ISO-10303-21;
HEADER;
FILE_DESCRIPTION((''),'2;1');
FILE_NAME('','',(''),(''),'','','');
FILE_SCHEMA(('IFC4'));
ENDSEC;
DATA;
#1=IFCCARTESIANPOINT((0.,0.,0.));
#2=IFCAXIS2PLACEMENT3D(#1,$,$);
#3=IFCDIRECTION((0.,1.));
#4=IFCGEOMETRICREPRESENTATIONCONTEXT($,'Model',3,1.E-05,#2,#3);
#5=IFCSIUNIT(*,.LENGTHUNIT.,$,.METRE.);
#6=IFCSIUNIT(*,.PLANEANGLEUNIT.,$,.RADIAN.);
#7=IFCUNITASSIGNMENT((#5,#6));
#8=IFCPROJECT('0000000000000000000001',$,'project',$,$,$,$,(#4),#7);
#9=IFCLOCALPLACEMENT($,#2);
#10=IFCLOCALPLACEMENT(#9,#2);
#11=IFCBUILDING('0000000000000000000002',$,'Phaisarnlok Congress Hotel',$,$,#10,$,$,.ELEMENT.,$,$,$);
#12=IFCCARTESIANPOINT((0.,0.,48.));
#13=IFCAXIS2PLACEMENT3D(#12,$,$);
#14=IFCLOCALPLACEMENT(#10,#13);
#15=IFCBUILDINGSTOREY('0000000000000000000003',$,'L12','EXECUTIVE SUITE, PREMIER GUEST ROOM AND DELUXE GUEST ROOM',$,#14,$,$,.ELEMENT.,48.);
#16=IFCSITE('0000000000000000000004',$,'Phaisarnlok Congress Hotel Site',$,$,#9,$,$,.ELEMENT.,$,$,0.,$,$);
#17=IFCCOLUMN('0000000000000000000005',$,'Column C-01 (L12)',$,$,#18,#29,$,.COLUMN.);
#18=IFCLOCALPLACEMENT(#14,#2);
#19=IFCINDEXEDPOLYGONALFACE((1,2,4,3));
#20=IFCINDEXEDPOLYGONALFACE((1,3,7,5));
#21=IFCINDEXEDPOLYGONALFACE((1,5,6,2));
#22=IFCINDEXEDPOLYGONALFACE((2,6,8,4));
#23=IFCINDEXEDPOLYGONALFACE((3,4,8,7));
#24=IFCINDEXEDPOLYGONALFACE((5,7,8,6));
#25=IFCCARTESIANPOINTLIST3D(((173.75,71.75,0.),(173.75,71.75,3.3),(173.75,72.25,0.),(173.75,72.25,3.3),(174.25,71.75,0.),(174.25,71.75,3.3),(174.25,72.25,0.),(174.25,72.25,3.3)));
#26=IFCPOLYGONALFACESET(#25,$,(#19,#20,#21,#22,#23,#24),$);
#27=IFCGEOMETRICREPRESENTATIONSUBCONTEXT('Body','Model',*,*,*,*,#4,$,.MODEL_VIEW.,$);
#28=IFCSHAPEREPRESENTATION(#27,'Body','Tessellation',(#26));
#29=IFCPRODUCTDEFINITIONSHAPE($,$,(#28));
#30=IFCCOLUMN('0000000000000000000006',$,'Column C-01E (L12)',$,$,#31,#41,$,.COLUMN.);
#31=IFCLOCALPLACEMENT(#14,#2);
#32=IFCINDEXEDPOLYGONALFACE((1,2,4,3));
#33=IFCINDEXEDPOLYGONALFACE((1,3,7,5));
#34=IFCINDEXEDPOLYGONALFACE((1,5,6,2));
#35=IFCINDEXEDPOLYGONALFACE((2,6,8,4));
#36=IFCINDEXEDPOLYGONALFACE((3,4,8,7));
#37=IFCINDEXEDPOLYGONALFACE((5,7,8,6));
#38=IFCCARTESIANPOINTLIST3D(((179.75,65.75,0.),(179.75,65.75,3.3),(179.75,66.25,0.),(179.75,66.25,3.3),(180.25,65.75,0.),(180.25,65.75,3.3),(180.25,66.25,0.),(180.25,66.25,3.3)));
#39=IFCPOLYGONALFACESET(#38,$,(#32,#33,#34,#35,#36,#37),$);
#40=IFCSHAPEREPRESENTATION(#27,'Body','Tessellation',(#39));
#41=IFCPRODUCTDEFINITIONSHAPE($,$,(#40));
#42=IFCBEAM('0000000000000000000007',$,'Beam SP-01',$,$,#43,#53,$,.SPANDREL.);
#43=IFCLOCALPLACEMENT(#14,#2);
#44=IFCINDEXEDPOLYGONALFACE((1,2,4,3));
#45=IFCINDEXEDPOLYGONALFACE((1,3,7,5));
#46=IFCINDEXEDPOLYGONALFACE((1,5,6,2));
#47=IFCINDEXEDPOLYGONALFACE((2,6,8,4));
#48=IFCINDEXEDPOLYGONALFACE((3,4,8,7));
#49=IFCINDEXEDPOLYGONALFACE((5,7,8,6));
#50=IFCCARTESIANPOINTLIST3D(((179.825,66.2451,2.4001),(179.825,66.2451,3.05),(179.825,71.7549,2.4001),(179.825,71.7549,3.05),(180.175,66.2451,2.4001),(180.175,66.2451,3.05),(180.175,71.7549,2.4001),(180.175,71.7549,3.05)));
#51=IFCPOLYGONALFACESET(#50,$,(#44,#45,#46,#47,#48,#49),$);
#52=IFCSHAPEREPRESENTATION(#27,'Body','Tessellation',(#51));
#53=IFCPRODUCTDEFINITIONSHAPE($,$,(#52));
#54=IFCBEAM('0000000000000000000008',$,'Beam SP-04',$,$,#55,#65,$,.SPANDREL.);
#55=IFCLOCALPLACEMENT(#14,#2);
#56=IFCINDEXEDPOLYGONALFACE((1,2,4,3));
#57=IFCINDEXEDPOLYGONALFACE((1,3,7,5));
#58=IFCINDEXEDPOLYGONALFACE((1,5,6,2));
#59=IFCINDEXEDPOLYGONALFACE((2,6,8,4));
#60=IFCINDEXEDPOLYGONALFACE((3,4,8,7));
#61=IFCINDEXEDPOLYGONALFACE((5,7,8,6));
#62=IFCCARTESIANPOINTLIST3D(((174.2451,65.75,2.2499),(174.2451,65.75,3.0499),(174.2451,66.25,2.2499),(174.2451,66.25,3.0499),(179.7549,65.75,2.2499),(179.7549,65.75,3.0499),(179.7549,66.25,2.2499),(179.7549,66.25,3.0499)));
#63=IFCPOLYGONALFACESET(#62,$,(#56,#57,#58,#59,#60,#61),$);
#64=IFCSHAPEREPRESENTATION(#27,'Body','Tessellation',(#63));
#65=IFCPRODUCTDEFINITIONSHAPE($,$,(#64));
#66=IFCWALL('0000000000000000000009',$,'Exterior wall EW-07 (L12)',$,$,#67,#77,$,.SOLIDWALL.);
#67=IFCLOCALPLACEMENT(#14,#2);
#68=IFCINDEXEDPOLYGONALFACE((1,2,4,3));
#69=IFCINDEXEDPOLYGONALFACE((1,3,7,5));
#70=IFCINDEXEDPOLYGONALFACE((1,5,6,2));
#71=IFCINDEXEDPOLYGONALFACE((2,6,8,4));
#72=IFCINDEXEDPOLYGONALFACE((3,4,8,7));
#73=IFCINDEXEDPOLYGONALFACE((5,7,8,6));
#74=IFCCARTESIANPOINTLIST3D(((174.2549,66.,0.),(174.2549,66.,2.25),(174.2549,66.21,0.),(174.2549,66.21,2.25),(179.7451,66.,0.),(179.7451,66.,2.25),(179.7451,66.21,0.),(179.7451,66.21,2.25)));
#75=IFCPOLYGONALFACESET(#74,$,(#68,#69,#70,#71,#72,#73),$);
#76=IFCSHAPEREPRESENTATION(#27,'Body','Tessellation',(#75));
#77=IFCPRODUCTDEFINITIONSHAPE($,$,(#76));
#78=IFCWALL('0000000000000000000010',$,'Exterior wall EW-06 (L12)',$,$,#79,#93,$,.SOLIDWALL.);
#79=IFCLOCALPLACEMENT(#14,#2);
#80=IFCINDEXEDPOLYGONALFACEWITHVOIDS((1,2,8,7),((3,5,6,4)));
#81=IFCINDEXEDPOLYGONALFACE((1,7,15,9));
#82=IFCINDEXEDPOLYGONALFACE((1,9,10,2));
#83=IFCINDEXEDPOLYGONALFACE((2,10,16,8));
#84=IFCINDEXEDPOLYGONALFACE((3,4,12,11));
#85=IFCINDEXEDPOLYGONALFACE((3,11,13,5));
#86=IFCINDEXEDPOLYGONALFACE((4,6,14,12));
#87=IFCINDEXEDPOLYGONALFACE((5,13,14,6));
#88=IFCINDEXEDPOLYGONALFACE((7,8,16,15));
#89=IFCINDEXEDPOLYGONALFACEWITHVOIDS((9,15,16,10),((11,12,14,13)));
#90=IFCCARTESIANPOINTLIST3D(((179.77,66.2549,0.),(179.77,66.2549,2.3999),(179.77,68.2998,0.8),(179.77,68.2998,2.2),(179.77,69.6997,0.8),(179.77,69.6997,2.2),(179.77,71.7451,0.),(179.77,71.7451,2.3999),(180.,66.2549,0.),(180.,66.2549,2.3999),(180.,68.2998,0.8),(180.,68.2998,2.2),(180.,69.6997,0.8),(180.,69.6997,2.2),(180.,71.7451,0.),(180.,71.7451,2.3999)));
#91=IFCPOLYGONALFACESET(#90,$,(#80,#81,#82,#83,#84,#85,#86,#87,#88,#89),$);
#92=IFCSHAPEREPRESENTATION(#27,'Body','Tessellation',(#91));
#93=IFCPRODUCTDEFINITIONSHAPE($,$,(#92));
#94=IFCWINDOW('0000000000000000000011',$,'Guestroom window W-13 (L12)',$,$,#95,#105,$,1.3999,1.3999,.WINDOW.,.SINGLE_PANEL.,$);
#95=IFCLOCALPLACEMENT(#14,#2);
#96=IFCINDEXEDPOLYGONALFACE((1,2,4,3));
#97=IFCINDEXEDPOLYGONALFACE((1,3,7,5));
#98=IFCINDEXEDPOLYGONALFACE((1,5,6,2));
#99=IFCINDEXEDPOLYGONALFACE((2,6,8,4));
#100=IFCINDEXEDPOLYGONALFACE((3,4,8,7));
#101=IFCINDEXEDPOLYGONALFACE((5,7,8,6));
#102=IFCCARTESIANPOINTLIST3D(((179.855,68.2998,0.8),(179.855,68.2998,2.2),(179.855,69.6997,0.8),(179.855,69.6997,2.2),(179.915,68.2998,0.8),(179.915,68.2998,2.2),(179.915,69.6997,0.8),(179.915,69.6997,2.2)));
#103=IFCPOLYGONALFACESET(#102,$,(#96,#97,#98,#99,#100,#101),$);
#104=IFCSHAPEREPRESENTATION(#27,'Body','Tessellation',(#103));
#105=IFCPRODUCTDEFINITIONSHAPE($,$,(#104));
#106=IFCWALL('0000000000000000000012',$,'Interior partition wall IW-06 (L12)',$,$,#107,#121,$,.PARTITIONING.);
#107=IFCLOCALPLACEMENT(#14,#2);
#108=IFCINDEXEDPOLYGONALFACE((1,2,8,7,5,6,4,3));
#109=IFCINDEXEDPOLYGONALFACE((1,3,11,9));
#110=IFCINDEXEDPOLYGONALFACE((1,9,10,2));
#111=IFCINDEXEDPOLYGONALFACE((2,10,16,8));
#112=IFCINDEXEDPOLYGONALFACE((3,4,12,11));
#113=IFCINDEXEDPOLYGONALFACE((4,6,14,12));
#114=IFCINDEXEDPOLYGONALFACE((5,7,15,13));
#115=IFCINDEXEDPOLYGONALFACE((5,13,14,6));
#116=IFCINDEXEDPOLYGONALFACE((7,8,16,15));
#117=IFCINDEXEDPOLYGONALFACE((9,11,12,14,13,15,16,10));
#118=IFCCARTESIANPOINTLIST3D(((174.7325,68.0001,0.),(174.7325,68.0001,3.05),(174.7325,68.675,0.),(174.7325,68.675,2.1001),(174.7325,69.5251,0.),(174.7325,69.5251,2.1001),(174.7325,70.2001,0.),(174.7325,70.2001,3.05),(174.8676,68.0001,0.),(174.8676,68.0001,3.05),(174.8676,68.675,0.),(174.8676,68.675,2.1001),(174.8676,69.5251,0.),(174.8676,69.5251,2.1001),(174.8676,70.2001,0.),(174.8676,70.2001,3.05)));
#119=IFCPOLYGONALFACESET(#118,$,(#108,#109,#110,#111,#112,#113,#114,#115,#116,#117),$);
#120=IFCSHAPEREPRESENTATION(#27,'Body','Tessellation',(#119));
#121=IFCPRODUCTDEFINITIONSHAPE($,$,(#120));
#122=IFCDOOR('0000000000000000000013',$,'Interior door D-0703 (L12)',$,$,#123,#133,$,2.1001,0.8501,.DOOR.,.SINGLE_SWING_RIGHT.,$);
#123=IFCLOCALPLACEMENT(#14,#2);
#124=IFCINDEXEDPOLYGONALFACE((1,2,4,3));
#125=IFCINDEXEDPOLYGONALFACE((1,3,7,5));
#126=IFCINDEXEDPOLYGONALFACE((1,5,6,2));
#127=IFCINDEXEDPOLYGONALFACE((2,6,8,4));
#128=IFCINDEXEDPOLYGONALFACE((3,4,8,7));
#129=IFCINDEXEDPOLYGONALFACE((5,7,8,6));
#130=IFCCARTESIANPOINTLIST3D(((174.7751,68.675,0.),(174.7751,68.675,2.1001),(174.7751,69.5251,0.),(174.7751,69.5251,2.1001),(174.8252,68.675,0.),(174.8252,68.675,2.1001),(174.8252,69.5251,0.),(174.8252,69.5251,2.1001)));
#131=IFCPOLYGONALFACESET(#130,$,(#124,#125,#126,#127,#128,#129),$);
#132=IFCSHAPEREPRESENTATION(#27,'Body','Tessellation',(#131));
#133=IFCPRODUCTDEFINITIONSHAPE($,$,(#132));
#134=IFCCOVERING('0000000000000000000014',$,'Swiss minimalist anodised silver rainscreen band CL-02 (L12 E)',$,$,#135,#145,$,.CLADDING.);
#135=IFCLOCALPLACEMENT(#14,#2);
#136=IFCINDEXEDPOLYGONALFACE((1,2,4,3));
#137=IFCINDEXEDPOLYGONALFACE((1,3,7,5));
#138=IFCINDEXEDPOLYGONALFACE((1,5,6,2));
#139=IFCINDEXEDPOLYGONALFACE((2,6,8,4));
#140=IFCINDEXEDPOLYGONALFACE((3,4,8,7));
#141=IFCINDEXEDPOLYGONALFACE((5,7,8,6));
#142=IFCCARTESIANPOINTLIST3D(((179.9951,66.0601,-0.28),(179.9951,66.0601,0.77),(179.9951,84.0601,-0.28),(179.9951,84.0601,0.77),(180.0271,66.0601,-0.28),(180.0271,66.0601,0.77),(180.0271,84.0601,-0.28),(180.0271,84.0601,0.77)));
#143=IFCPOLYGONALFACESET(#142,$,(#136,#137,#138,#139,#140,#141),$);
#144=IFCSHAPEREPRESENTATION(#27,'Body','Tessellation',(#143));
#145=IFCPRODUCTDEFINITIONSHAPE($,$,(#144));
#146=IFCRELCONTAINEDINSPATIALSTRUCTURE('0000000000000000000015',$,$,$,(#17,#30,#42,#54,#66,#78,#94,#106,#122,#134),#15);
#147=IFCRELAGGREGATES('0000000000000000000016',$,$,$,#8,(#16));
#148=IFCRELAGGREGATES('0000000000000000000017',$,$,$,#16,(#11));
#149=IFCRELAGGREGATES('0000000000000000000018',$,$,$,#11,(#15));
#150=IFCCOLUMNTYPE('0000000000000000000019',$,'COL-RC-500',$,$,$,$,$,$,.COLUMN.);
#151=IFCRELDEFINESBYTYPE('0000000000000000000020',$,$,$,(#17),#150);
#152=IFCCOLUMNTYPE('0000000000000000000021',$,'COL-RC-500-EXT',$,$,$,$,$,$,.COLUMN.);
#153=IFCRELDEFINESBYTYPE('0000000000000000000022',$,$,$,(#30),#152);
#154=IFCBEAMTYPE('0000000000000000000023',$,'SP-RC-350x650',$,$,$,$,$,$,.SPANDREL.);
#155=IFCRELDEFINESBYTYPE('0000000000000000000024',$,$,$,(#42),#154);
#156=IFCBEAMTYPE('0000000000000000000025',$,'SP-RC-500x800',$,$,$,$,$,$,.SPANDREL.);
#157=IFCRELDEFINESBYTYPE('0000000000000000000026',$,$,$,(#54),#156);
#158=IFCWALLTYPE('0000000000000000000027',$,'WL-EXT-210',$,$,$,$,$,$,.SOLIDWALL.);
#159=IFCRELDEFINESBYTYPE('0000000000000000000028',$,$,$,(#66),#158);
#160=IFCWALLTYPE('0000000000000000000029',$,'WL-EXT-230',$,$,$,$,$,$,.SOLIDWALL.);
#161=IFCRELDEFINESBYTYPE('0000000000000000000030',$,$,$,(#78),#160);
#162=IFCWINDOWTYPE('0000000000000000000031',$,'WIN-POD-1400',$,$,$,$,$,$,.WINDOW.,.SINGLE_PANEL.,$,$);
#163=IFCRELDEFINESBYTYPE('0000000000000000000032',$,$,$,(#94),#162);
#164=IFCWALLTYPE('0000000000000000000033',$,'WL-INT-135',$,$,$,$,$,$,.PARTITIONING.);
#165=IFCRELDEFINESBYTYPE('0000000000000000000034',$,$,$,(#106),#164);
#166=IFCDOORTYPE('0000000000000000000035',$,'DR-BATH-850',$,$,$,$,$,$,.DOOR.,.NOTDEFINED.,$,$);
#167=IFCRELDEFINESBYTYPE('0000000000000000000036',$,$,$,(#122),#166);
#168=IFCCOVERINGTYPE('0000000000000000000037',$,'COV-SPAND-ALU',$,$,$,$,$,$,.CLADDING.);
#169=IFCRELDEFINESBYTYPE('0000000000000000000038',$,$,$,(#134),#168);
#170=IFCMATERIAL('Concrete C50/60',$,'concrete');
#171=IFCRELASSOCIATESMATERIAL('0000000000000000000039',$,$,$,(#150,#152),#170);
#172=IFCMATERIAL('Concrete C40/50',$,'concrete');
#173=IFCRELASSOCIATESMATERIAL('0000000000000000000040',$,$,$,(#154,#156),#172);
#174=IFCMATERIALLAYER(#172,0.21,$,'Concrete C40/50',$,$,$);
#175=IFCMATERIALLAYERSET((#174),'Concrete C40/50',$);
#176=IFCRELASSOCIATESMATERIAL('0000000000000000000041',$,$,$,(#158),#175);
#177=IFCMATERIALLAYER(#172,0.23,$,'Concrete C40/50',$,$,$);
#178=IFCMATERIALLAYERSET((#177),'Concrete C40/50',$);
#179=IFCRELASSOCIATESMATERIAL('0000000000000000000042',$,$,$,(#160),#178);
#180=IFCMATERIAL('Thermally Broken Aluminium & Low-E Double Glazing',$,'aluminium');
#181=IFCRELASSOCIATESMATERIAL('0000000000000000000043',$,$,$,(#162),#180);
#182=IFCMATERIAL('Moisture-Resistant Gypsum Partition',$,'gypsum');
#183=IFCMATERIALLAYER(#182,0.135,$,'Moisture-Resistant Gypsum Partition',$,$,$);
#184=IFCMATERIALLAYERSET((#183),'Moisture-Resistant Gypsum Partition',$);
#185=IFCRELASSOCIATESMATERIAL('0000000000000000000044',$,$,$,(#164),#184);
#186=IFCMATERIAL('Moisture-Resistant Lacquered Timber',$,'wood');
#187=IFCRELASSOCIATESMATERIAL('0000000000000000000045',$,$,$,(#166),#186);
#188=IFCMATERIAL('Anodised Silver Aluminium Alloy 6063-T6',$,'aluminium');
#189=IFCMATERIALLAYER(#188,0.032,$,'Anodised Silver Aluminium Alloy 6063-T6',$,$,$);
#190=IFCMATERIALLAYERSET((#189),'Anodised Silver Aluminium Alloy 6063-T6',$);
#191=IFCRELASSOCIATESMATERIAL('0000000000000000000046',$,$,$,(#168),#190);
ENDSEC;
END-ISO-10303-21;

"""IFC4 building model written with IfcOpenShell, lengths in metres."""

from ifc_helpers import new_model, si_unit, direction, frame, frame_2d, origin, origin_2d, place, context, subcontext, project, spatial, polyline, rectangle, outline, extrude, material, layer, layer_set, material_profile, profile_set, type_object, element, fill, save


model = new_model("IFC4")

# Units and contexts
model_context = context("Model", 3, precision=1e-05, world=origin(), true_north=direction((0.0, 1.0)))
body_context = subcontext(model_context, "Body", "Model", "MODEL_VIEW")
ifc_project = project(units=[si_unit("LENGTHUNIT", "METRE"), si_unit("PLANEANGLEUNIT", "RADIAN")], contexts=[model_context])

# Site, building, storey
site_placement = place(None, origin())
site = spatial("IfcSite", under=ifc_project, at=site_placement, Name="Phaisarnlok Congress Hotel Site", CompositionType="ELEMENT", RefElevation=0.0)
building_placement = place(site_placement, origin())
building = spatial("IfcBuilding", under=site, at=building_placement, Name="Phaisarnlok Congress Hotel", CompositionType="ELEMENT")
storey_placement = place(building_placement, frame((0.0, 0.0, 48.0)))
storey = spatial("IfcBuildingStorey", under=building, at=storey_placement, Name="L12", Description="EXECUTIVE SUITE, PREMIER GUEST ROOM AND DELUXE GUEST ROOM", CompositionType="ELEMENT", Elevation=48.0)

# Columns
ifc_material_1 = material(Name="Concrete C50/60", Category="concrete")
ifc_material_profile_1 = material_profile(ifc_material_1, rectangle(XDim=0.5, YDim=0.5, at=origin_2d()), Name="RC 500x500")
ifc_profile_set_1 = profile_set([ifc_material_profile_1], Name="Concrete C50/60")
column_type_1 = type_object("IfcColumnType", Name="COL-RC-500", PredefinedType="COLUMN", material=ifc_profile_set_1)
column_1_placement = place(storey_placement, frame((174.0, 72.0, 0.0), z_axis=(0.0, 0.0, 1.0), x_axis=(1.0, 0.0, 0.0)))
element("IfcColumn", 1, at=column_1_placement, inside=storey, type_object=column_type_1, Name="Column C-01 (L12)", PredefinedType="COLUMN", context=body_context, shape_type="SweptSolid", body=[
    extrude(rectangle(XDim=0.5, YDim=0.5, at=origin_2d()), origin(), (0.0, 0.0, 1.0), 3.3),
])
ifc_material_profile_2 = material_profile(ifc_material_1, rectangle(XDim=0.5, YDim=0.5, at=origin_2d()), Name="RC 500x500")
ifc_profile_set_2 = profile_set([ifc_material_profile_2], Name="Concrete C50/60")
column_type_2 = type_object("IfcColumnType", Name="COL-RC-500-EXT", PredefinedType="COLUMN", material=ifc_profile_set_2)
column_2_placement = place(storey_placement, frame((180.0, 66.0, 0.0), z_axis=(0.0, 0.0, 1.0), x_axis=(1.0, 0.0, 0.0)))
element("IfcColumn", 2, at=column_2_placement, inside=storey, type_object=column_type_2, Name="Column C-01E (L12)", PredefinedType="COLUMN", context=body_context, shape_type="SweptSolid", body=[
    extrude(rectangle(XDim=0.5, YDim=0.5, at=origin_2d()), origin(), (0.0, 0.0, 1.0), 3.3),
])

# Beams
ifc_material_2 = material(Name="Concrete C40/50", Category="concrete")
ifc_material_profile_3 = material_profile(ifc_material_2, rectangle(XDim=0.3501, YDim=0.6499, at=origin_2d()), Name="RC 350x650")
ifc_profile_set_3 = profile_set([ifc_material_profile_3], Name="Concrete C40/50")
beam_type_1 = type_object("IfcBeamType", Name="SP-RC-350x650", PredefinedType="SPANDREL", material=ifc_profile_set_3)
beam_1_placement = place(storey_placement, frame((180.0, 66.2451, 2.7251), z_axis=(0.0, 1.0, 0.0), x_axis=(-1.0, 0.0, 0.0)))
element("IfcBeam", 3, at=beam_1_placement, inside=storey, type_object=beam_type_1, Name="Beam SP-01", PredefinedType="SPANDREL", context=body_context, shape_type="SweptSolid", body=[
    extrude(rectangle(XDim=0.3501, YDim=0.6499, at=origin_2d()), origin(), (0.0, 0.0, 1.0), 5.5098),
])
ifc_material_profile_4 = material_profile(ifc_material_2, rectangle(XDim=0.5, YDim=0.8, at=origin_2d()), Name="RC 500x800")
ifc_profile_set_4 = profile_set([ifc_material_profile_4], Name="Concrete C40/50")
beam_type_2 = type_object("IfcBeamType", Name="SP-RC-500x800", PredefinedType="SPANDREL", material=ifc_profile_set_4)
beam_2_placement = place(storey_placement, frame((174.2451, 66.0, 2.6499), z_axis=(1.0, 0.0, 0.0), x_axis=(0.0, 1.0, 0.0)))
element("IfcBeam", 4, at=beam_2_placement, inside=storey, type_object=beam_type_2, Name="Beam SP-04", PredefinedType="SPANDREL", context=body_context, shape_type="SweptSolid", body=[
    extrude(rectangle(XDim=0.5, YDim=0.8, at=origin_2d()), origin(), (0.0, 0.0, 1.0), 5.5098),
])

# Wall
ifc_layer_1 = layer(ifc_material_2, 0.21, Name="Concrete C40/50")
ifc_layer_set_1 = layer_set([ifc_layer_1], Name="Concrete C40/50")
wall_type_1 = type_object("IfcWallType", Name="WL-EXT-210", PredefinedType="SOLIDWALL", material=ifc_layer_set_1)
wall_1_placement = place(storey_placement, frame((174.2549, 66.105, 0.0), z_axis=(0.0, 0.0, 1.0), x_axis=(1.0, 0.0, 0.0)))
element("IfcWall", 5, at=wall_1_placement, inside=storey, type_object=wall_type_1, Name="Exterior wall EW-07 (L12)", PredefinedType="SOLIDWALL", context=body_context, shape_type="SweptSolid", body=[
    extrude(rectangle(XDim=5.4902, YDim=0.21, at=frame_2d((2.7451, 0.0))), origin(), (0.0, 0.0, 1.0), 2.25),
])

# Wall, opening, window
ifc_layer_2 = layer(ifc_material_2, 0.23, Name="Concrete C40/50")
ifc_layer_set_2 = layer_set([ifc_layer_2], Name="Concrete C40/50")
wall_type_2 = type_object("IfcWallType", Name="WL-EXT-230", PredefinedType="SOLIDWALL", material=ifc_layer_set_2)
wall_2_placement = place(storey_placement, frame((179.885, 66.2549, 0.0), z_axis=(0.0, 0.0, 1.0), x_axis=(0.0, 1.0, 0.0)))
wall_2 = element("IfcWall", 6, at=wall_2_placement, inside=storey, type_object=wall_type_2, Name="Exterior wall EW-06 (L12)", PredefinedType="SOLIDWALL", context=body_context, shape_type="SweptSolid", body=[
    extrude(rectangle(XDim=5.4902, YDim=0.23, at=frame_2d((2.7451, 0.0))), origin(), (0.0, 0.0, 1.0), 2.3999),
])
opening_1_placement = place(wall_2_placement, frame((2.0449, 0.0, 0.8)))
opening_1 = element("IfcOpeningElement", 7, at=opening_1_placement, cuts=wall_2, PredefinedType="OPENING", context=body_context, shape_type="SweptSolid", body=[
    extrude(rectangle(XDim=1.3999, YDim=1.3999, at=frame_2d((0.7, 0.7))), frame((0.0, 0.125, 0.0), z_axis=(0.0, -1.0, 0.0), x_axis=(1.0, 0.0, 0.0)), (0.0, 0.0, 1.0), 0.25),
])
ifc_material_3 = material(Name="Thermally Broken Aluminium & Low-E Double Glazing", Category="aluminium")
window_type = type_object("IfcWindowType", Name="WIN-POD-1400", PartitioningType="SINGLE_PANEL", PredefinedType="WINDOW", material=ifc_material_3)
window_placement = place(opening_1_placement, origin())
window = element("IfcWindow", 8, at=window_placement, inside=storey, type_object=window_type, Name="Guestroom window W-13 (L12)", OverallHeight=1.3999, OverallWidth=1.3999, PartitioningType="SINGLE_PANEL", PredefinedType="WINDOW", context=body_context, shape_type="SweptSolid", body=[
    extrude(rectangle(XDim=1.3999, YDim=1.3999, at=frame_2d((0.7, 0.7))), frame((0.0, 0.03, 0.0), z_axis=(0.0, -1.0, 0.0), x_axis=(1.0, 0.0, 0.0)), (0.0, 0.0, 1.0), 0.0601),
])
fill(opening_1, window)

# Wall, opening, door
ifc_material_4 = material(Name="Moisture-Resistant Gypsum Partition", Category="gypsum")
ifc_layer_3 = layer(ifc_material_4, 0.135, Name="Moisture-Resistant Gypsum Partition")
ifc_layer_set_3 = layer_set([ifc_layer_3], Name="Moisture-Resistant Gypsum Partition")
wall_type_3 = type_object("IfcWallType", Name="WL-INT-135", PredefinedType="PARTITIONING", material=ifc_layer_set_3)
wall_3_placement = place(storey_placement, frame((174.8, 68.0, 0.0), z_axis=(0.0, 0.0, 1.0), x_axis=(0.0, 1.0, 0.0)))
wall_3 = element("IfcWall", 9, at=wall_3_placement, inside=storey, type_object=wall_type_3, Name="Interior partition wall IW-06 (L12)", PredefinedType="PARTITIONING", context=body_context, shape_type="SweptSolid", body=[
    extrude(rectangle(XDim=2.2, YDim=0.135, at=frame_2d((1.1001, 0.0))), origin(), (0.0, 0.0, 1.0), 3.05),
])
opening_2_placement = place(wall_3_placement, frame((0.675, 0.0, 0.0)))
opening_2 = element("IfcOpeningElement", 10, at=opening_2_placement, cuts=wall_3, PredefinedType="OPENING", context=body_context, shape_type="SweptSolid", body=[
    extrude(rectangle(XDim=0.8501, YDim=2.1001, at=frame_2d((0.425, 1.05))), frame((0.0, 0.0776, 0.0), z_axis=(0.0, -1.0, 0.0), x_axis=(1.0, 0.0, 0.0)), (0.0, 0.0, 1.0), 0.155),
])
ifc_material_5 = material(Name="Moisture-Resistant Lacquered Timber", Category="wood")
door_type = type_object("IfcDoorType", Name="DR-BATH-850", OperationType="NOTDEFINED", PredefinedType="DOOR", material=ifc_material_5)
door_placement = place(opening_2_placement, origin())
door = element("IfcDoor", 11, at=door_placement, inside=storey, type_object=door_type, Name="Interior door D-0703 (L12)", OperationType="SINGLE_SWING_RIGHT", OverallHeight=2.1001, OverallWidth=0.8501, PredefinedType="DOOR", context=body_context, shape_type="SweptSolid", body=[
    extrude(rectangle(XDim=0.8501, YDim=2.1001, at=frame_2d((0.425, 1.05))), frame((0.0, 0.0249, 0.0), z_axis=(0.0, -1.0, 0.0), x_axis=(1.0, 0.0, 0.0)), (0.0, 0.0, 1.0), 0.05),
])
fill(opening_2, door)

# Covering
ifc_material_6 = material(Name="Anodised Silver Aluminium Alloy 6063-T6", Category="aluminium")
ifc_layer_4 = layer(ifc_material_6, 0.032, Name="Anodised Silver Aluminium Alloy 6063-T6")
ifc_layer_set_4 = layer_set([ifc_layer_4], Name="Anodised Silver Aluminium Alloy 6063-T6")
covering_type = type_object("IfcCoveringType", Name="COV-SPAND-ALU", PredefinedType="CLADDING", material=ifc_layer_set_4)
covering_placement = place(storey_placement, frame((179.9951, 66.0601, -0.28), z_axis=(1.0, 0.0, 0.0), x_axis=(0.0, 1.0, 0.0)))
element("IfcCovering", 12, at=covering_placement, inside=storey, type_object=covering_type, Name="Swiss minimalist anodised silver rainscreen band CL-02 (L12 E)", PredefinedType="CLADDING", context=body_context, shape_type="SweptSolid", body=[
    extrude(outline(polyline([(0.0, 0.0), (18.0, 0.0), (18.0, 1.05), (0.0, 1.05), (0.0, 0.0)])), origin(), (0.0, 0.0, 1.0), 0.032),
])

save(model, "model.ifc")
